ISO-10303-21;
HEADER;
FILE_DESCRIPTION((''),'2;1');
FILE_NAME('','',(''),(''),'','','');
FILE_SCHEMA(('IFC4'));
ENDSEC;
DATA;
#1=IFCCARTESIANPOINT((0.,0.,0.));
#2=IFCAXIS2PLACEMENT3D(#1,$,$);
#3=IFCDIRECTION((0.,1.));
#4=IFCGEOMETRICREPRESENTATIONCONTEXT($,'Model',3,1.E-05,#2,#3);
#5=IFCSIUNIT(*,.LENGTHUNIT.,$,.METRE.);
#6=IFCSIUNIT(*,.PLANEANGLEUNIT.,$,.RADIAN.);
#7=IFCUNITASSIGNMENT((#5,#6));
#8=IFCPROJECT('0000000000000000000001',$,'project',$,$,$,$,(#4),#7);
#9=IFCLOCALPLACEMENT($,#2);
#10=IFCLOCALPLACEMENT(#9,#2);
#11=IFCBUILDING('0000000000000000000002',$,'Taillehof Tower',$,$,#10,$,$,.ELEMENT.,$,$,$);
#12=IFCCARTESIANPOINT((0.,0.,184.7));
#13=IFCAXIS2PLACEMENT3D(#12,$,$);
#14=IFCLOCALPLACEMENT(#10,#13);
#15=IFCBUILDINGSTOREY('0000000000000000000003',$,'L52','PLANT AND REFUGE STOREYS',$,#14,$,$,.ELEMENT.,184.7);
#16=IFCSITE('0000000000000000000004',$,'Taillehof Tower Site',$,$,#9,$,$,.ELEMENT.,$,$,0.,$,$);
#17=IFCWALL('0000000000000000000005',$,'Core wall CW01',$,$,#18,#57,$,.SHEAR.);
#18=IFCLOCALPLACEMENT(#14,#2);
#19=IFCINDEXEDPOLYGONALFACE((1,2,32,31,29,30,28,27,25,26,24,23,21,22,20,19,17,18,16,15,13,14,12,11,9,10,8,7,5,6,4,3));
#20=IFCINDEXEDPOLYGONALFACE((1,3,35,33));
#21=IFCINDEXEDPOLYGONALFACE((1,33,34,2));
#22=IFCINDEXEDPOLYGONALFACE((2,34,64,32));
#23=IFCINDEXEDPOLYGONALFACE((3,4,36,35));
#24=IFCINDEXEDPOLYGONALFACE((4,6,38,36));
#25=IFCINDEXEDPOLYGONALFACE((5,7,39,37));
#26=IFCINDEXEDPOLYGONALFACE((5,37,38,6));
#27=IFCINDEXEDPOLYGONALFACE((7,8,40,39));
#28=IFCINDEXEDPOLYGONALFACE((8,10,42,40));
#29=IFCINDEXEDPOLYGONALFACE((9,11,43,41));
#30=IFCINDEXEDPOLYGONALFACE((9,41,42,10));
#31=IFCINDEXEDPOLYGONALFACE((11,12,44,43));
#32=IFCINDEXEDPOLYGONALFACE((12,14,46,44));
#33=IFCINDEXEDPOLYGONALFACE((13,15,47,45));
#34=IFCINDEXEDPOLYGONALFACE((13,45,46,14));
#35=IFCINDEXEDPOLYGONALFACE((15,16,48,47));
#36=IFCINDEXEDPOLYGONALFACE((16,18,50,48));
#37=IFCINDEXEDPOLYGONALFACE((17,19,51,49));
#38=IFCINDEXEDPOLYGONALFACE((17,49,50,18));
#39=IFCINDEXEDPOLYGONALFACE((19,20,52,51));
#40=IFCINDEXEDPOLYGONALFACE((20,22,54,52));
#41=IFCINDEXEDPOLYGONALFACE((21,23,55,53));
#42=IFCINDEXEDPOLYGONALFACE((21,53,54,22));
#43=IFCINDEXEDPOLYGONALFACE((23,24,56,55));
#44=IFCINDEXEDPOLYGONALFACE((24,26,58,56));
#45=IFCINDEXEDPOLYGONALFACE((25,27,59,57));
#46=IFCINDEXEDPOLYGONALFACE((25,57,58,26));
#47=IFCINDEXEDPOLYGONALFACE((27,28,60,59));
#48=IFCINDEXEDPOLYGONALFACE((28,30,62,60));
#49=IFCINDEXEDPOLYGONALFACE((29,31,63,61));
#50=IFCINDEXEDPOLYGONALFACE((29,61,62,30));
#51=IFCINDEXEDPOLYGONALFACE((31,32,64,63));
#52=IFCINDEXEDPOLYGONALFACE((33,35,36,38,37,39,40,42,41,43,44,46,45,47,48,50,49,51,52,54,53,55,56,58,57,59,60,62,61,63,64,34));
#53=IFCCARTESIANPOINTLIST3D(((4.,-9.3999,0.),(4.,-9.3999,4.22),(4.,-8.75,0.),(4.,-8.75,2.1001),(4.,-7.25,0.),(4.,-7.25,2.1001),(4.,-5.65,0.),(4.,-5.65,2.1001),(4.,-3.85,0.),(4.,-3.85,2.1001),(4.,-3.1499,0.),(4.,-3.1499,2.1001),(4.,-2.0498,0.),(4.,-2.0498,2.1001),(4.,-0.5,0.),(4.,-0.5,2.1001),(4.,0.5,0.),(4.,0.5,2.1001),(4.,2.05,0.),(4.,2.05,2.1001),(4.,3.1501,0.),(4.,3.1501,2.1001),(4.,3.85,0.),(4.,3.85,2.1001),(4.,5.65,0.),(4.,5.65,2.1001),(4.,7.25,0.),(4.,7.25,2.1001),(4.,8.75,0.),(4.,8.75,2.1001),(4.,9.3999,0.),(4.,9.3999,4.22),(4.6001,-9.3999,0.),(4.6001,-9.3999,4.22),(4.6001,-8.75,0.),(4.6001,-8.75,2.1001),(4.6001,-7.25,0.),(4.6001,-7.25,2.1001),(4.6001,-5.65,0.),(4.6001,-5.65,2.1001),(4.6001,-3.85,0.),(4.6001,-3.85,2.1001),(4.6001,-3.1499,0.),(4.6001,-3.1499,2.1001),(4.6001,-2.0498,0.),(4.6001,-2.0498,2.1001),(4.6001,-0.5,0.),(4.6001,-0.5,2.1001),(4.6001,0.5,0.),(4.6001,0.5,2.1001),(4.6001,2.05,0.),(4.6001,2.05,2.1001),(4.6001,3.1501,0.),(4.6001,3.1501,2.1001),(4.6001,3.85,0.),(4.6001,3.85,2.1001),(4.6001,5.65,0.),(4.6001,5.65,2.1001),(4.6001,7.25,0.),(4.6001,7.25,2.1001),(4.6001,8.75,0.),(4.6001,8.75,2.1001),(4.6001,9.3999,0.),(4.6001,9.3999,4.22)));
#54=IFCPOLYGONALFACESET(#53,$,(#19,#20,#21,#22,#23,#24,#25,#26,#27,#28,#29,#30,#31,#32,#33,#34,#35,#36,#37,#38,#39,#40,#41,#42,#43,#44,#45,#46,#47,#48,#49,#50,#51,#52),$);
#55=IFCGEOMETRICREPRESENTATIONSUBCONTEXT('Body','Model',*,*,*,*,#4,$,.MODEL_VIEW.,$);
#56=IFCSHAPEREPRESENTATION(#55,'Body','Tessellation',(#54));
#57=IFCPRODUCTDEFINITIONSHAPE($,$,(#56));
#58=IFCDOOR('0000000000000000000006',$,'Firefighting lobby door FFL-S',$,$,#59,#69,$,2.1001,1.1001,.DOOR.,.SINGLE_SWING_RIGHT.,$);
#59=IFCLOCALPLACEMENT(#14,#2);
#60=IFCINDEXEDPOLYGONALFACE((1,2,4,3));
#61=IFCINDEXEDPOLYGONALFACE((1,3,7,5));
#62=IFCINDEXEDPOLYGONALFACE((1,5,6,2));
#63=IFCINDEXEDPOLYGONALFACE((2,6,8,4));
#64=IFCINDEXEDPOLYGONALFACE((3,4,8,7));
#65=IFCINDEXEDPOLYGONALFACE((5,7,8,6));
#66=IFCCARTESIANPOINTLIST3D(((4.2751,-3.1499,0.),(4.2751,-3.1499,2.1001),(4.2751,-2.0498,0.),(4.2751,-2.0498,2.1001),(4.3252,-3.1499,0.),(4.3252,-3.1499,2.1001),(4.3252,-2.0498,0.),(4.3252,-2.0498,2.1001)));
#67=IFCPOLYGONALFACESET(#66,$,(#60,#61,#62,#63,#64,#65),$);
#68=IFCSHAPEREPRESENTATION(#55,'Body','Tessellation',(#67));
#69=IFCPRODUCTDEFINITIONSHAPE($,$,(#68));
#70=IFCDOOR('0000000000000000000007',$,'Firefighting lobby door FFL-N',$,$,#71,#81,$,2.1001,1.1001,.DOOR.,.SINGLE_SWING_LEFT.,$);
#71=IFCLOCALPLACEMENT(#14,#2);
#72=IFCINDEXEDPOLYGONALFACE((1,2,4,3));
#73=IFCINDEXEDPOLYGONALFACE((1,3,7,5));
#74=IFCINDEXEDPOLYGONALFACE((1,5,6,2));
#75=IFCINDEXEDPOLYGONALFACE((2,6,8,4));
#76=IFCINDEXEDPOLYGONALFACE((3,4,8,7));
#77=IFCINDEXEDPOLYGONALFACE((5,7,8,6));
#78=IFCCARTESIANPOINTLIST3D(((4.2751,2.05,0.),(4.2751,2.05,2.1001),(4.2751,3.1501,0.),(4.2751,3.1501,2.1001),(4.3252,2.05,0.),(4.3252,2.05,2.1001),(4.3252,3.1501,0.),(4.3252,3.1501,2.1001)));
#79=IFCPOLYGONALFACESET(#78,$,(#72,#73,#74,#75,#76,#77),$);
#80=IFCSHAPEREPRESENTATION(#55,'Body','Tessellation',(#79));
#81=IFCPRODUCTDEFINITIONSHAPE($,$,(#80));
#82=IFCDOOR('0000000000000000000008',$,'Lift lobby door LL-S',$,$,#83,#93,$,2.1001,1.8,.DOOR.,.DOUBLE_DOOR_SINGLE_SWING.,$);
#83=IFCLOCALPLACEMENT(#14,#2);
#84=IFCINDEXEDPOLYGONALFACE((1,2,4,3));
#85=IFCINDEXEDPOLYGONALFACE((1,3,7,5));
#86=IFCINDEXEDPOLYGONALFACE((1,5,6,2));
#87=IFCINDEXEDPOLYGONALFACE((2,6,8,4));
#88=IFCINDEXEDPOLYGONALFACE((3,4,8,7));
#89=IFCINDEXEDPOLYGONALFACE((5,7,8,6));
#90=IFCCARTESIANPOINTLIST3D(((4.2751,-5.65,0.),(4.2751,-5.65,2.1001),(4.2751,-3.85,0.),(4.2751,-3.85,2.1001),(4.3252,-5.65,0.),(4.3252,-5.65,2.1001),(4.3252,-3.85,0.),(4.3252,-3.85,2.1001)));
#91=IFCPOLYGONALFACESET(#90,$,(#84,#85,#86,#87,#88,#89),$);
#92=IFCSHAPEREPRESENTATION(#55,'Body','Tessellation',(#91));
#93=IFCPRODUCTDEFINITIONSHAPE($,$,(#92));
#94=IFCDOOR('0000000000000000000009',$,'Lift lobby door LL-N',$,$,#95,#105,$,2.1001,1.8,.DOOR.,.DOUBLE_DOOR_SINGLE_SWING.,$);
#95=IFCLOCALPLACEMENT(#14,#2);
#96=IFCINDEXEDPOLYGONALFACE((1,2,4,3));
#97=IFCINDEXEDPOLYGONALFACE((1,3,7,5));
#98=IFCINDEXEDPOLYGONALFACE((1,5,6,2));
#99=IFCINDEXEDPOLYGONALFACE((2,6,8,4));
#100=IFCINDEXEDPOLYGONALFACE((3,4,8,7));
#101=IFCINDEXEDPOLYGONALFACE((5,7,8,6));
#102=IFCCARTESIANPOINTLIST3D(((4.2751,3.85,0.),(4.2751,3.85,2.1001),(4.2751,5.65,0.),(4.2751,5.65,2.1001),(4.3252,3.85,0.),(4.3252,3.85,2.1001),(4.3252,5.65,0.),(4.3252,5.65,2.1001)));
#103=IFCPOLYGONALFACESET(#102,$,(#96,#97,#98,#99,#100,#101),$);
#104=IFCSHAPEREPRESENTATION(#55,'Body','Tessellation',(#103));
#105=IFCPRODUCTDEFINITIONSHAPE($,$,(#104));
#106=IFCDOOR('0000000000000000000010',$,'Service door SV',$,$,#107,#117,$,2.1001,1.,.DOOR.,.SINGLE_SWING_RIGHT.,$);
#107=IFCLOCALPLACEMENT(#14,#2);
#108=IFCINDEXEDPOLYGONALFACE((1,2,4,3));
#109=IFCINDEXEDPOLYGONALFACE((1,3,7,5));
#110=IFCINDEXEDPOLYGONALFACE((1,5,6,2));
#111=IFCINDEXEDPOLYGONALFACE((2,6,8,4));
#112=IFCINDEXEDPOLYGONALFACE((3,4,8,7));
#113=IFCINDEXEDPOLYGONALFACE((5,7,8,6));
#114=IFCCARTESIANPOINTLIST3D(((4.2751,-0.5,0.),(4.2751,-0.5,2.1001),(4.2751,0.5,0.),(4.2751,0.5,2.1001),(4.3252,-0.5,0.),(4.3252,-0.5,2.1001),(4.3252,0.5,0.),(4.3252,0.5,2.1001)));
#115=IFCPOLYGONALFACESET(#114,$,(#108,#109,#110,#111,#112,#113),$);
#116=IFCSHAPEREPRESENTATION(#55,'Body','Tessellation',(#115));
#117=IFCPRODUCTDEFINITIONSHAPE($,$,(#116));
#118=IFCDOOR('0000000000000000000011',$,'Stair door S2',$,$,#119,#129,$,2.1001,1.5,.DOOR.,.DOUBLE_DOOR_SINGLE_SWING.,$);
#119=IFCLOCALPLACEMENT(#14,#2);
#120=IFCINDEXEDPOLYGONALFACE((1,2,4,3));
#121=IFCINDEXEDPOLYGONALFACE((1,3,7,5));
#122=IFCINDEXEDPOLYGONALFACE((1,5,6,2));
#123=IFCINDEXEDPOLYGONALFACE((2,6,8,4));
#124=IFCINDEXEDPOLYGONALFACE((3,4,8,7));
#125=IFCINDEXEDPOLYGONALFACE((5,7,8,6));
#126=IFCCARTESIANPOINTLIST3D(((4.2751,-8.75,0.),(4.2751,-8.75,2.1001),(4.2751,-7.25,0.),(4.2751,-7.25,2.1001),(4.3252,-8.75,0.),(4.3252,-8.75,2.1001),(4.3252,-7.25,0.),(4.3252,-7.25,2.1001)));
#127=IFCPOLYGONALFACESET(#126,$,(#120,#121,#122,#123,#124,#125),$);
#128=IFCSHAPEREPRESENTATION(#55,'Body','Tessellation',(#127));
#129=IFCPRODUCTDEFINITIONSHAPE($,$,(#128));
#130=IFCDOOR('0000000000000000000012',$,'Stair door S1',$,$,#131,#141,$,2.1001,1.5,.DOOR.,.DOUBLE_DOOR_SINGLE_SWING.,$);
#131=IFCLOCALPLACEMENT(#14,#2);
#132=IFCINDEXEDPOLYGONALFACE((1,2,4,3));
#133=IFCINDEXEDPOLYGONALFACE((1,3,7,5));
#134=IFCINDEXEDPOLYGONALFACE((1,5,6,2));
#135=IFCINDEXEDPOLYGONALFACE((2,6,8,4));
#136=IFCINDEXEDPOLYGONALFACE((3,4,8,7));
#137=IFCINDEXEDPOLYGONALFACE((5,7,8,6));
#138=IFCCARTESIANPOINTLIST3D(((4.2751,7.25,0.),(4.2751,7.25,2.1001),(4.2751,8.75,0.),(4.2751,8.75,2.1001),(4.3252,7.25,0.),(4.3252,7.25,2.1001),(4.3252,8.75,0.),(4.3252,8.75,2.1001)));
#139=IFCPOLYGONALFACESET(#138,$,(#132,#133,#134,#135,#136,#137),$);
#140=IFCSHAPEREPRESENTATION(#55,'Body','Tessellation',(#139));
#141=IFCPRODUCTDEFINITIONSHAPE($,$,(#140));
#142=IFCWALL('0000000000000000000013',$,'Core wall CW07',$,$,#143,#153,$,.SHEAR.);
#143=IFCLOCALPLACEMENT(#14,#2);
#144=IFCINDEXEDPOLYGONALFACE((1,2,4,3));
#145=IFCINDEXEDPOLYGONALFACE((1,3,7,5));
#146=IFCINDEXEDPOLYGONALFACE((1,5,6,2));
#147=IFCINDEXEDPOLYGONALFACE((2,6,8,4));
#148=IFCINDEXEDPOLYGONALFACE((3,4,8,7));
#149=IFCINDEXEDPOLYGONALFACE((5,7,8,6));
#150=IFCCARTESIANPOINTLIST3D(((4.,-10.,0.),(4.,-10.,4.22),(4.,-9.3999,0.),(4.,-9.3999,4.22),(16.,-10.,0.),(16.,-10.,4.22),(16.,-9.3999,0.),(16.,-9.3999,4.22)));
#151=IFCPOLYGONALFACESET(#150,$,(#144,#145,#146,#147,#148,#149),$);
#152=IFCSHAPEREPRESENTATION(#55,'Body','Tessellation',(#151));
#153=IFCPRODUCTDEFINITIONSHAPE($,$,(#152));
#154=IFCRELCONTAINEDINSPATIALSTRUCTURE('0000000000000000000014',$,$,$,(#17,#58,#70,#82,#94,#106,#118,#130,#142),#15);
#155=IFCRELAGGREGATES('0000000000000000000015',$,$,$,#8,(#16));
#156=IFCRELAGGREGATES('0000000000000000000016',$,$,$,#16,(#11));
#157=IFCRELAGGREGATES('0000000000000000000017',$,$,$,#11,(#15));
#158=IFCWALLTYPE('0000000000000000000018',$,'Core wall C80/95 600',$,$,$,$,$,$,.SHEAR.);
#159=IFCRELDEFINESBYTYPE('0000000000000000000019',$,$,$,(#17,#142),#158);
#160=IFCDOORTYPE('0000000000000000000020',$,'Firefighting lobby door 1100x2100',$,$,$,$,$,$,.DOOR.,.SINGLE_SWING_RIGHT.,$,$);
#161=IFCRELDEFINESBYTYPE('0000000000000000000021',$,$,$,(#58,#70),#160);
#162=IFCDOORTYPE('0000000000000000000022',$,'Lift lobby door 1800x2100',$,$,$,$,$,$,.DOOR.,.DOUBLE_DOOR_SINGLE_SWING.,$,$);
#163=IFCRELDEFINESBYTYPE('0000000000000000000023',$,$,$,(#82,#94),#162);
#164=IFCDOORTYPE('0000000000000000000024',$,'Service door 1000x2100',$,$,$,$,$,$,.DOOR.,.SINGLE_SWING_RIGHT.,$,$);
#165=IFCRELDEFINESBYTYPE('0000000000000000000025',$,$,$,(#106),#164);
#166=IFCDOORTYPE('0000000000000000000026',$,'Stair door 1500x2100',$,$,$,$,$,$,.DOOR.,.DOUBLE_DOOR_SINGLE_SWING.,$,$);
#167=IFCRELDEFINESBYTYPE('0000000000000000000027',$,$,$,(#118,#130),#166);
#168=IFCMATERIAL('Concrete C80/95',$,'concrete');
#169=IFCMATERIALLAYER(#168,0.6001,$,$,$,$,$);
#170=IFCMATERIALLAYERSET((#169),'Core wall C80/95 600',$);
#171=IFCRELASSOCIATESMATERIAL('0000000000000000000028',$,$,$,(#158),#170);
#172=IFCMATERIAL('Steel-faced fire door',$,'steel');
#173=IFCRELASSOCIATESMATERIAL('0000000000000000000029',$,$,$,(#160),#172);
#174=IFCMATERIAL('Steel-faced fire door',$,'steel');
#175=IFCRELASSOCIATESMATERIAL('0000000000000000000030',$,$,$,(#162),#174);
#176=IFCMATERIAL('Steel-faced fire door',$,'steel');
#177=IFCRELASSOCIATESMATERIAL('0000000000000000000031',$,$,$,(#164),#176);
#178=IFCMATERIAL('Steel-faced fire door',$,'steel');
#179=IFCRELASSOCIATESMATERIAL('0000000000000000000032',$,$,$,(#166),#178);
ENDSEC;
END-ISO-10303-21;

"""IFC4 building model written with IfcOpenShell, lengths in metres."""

from ifc_helpers import new_model, si_unit, direction, frame, frame_2d, origin, place, context, subcontext, project, spatial, rectangle, extrude, material, layer, layer_set, type_object, element, fill, save


model = new_model("IFC4")

# Units and contexts
model_context = context("Model", 3, precision=1e-05, world=origin(), true_north=direction((0.0, 1.0)))
body_context = subcontext(model_context, "Body", "Model", "MODEL_VIEW")
ifc_project = project(units=[si_unit("LENGTHUNIT", "METRE"), si_unit("PLANEANGLEUNIT", "RADIAN")], contexts=[model_context])

# Site, building, storey
site_placement = place(None, origin())
site = spatial("IfcSite", under=ifc_project, at=site_placement, Name="Taillehof Tower Site", CompositionType="ELEMENT", RefElevation=0.0)
building_placement = place(site_placement, origin())
building = spatial("IfcBuilding", under=site, at=building_placement, Name="Taillehof Tower", CompositionType="ELEMENT")
storey_placement = place(building_placement, frame((0.0, 0.0, 184.7)))
storey = spatial("IfcBuildingStorey", under=building, at=storey_placement, Name="L52", Description="PLANT AND REFUGE STOREYS", CompositionType="ELEMENT", Elevation=184.7)

# Wall, openings, doors
ifc_material_1 = material(Name="Concrete C80/95", Category="concrete")
ifc_layer_1 = layer(ifc_material_1, 0.6001)
ifc_layer_set_1 = layer_set([ifc_layer_1], Name="Core wall C80/95 600")
wall_type_1 = type_object("IfcWallType", Name="Core wall C80/95 600", PredefinedType="SHEAR", material=ifc_layer_set_1)
wall_1_placement = place(storey_placement, frame((4.3, -9.3999, 0.0), z_axis=(0.0, 0.0, 1.0), x_axis=(0.0, 1.0, 0.0)))
wall_1 = element("IfcWall", 1, at=wall_1_placement, inside=storey, type_object=wall_type_1, Name="Core wall CW01", PredefinedType="SHEAR", context=body_context, shape_type="SweptSolid", body=[
    extrude(rectangle(XDim=18.7998, YDim=0.6001, at=frame_2d((9.3999, 0.0))), origin(), (0.0, 0.0, 1.0), 4.22),
])
opening_1_placement = place(wall_1_placement, frame((0.6499, 0.0, 0.0)))
opening_1 = element("IfcOpeningElement", 2, at=opening_1_placement, cuts=wall_1, PredefinedType="OPENING", context=body_context, shape_type="SweptSolid", body=[
    extrude(rectangle(XDim=1.5, YDim=2.1001, at=frame_2d((0.75, 1.05))), frame((0.0, 0.3101, 0.0), z_axis=(0.0, -1.0, 0.0), x_axis=(1.0, 0.0, 0.0)), (0.0, 0.0, 1.0), 0.6201),
])
opening_2_placement = place(wall_1_placement, frame((3.75, 0.0, 0.0)))
opening_2 = element("IfcOpeningElement", 3, at=opening_2_placement, cuts=wall_1, PredefinedType="OPENING", context=body_context, shape_type="SweptSolid", body=[
    extrude(rectangle(XDim=1.8, YDim=2.1001, at=frame_2d((0.8999, 1.05))), frame((0.0, 0.3101, 0.0), z_axis=(0.0, -1.0, 0.0), x_axis=(1.0, 0.0, 0.0)), (0.0, 0.0, 1.0), 0.6201),
])
opening_3_placement = place(wall_1_placement, frame((6.25, 0.0, 0.0)))
opening_3 = element("IfcOpeningElement", 4, at=opening_3_placement, cuts=wall_1, PredefinedType="OPENING", context=body_context, shape_type="SweptSolid", body=[
    extrude(rectangle(XDim=1.1001, YDim=2.1001, at=frame_2d((0.55, 1.05))), frame((0.0, 0.3101, 0.0), z_axis=(0.0, -1.0, 0.0), x_axis=(1.0, 0.0, 0.0)), (0.0, 0.0, 1.0), 0.6201),
])
opening_4_placement = place(wall_1_placement, frame((8.8999, 0.0, 0.0)))
opening_4 = element("IfcOpeningElement", 5, at=opening_4_placement, cuts=wall_1, PredefinedType="OPENING", context=body_context, shape_type="SweptSolid", body=[
    extrude(rectangle(XDim=1.0, YDim=2.1001, at=frame_2d((0.5, 1.05))), frame((0.0, 0.3101, 0.0), z_axis=(0.0, -1.0, 0.0), x_axis=(1.0, 0.0, 0.0)), (0.0, 0.0, 1.0), 0.6201),
])
opening_5_placement = place(wall_1_placement, frame((11.45, 0.0, 0.0)))
opening_5 = element("IfcOpeningElement", 6, at=opening_5_placement, cuts=wall_1, PredefinedType="OPENING", context=body_context, shape_type="SweptSolid", body=[
    extrude(rectangle(XDim=1.1001, YDim=2.1001, at=frame_2d((0.55, 1.05))), frame((0.0, 0.3101, 0.0), z_axis=(0.0, -1.0, 0.0), x_axis=(1.0, 0.0, 0.0)), (0.0, 0.0, 1.0), 0.6201),
])
opening_6_placement = place(wall_1_placement, frame((13.25, 0.0, 0.0)))
opening_6 = element("IfcOpeningElement", 7, at=opening_6_placement, cuts=wall_1, PredefinedType="OPENING", context=body_context, shape_type="SweptSolid", body=[
    extrude(rectangle(XDim=1.8, YDim=2.1001, at=frame_2d((0.8999, 1.05))), frame((0.0, 0.3101, 0.0), z_axis=(0.0, -1.0, 0.0), x_axis=(1.0, 0.0, 0.0)), (0.0, 0.0, 1.0), 0.6201),
])
opening_7_placement = place(wall_1_placement, frame((16.6499, 0.0, 0.0)))
opening_7 = element("IfcOpeningElement", 8, at=opening_7_placement, cuts=wall_1, PredefinedType="OPENING", context=body_context, shape_type="SweptSolid", body=[
    extrude(rectangle(XDim=1.5, YDim=2.1001, at=frame_2d((0.75, 1.05))), frame((0.0, 0.3101, 0.0), z_axis=(0.0, -1.0, 0.0), x_axis=(1.0, 0.0, 0.0)), (0.0, 0.0, 1.0), 0.6201),
])
ifc_material_2 = material(Name="Steel-faced fire door", Category="steel")
door_type_1 = type_object("IfcDoorType", Name="Firefighting lobby door 1100x2100", OperationType="SINGLE_SWING_RIGHT", PredefinedType="DOOR", material=ifc_material_2)
door_1_placement = place(opening_3_placement, origin())
door_1 = element("IfcDoor", 9, at=door_1_placement, inside=storey, type_object=door_type_1, Name="Firefighting lobby door FFL-S", OperationType="SINGLE_SWING_RIGHT", OverallHeight=2.1001, OverallWidth=1.1001, PredefinedType="DOOR", context=body_context, shape_type="SweptSolid", body=[
    extrude(rectangle(XDim=1.1001, YDim=2.1001, at=frame_2d((0.55, 1.05))), frame((0.0, 0.0249, 0.0), z_axis=(0.0, -1.0, 0.0), x_axis=(1.0, 0.0, 0.0)), (0.0, 0.0, 1.0), 0.05),
])
fill(opening_3, door_1)
door_2_placement = place(opening_5_placement, origin())
door_2 = element("IfcDoor", 10, at=door_2_placement, inside=storey, type_object=door_type_1, Name="Firefighting lobby door FFL-N", OperationType="SINGLE_SWING_LEFT", OverallHeight=2.1001, OverallWidth=1.1001, PredefinedType="DOOR", context=body_context, shape_type="SweptSolid", body=[
    extrude(rectangle(XDim=1.1001, YDim=2.1001, at=frame_2d((0.55, 1.05))), frame((0.0, 0.0249, 0.0), z_axis=(0.0, -1.0, 0.0), x_axis=(1.0, 0.0, 0.0)), (0.0, 0.0, 1.0), 0.05),
])
fill(opening_5, door_2)
ifc_material_3 = material(Name="Steel-faced fire door", Category="steel")
door_type_2 = type_object("IfcDoorType", Name="Lift lobby door 1800x2100", OperationType="DOUBLE_DOOR_SINGLE_SWING", PredefinedType="DOOR", material=ifc_material_3)
door_3_placement = place(opening_2_placement, origin())
door_3 = element("IfcDoor", 11, at=door_3_placement, inside=storey, type_object=door_type_2, Name="Lift lobby door LL-S", OperationType="DOUBLE_DOOR_SINGLE_SWING", OverallHeight=2.1001, OverallWidth=1.8, PredefinedType="DOOR", context=body_context, shape_type="SweptSolid", body=[
    extrude(rectangle(XDim=1.8, YDim=2.1001, at=frame_2d((0.8999, 1.05))), frame((0.0, 0.0249, 0.0), z_axis=(0.0, -1.0, 0.0), x_axis=(1.0, 0.0, 0.0)), (0.0, 0.0, 1.0), 0.05),
])
fill(opening_2, door_3)
door_4_placement = place(opening_6_placement, origin())
door_4 = element("IfcDoor", 12, at=door_4_placement, inside=storey, type_object=door_type_2, Name="Lift lobby door LL-N", OperationType="DOUBLE_DOOR_SINGLE_SWING", OverallHeight=2.1001, OverallWidth=1.8, PredefinedType="DOOR", context=body_context, shape_type="SweptSolid", body=[
    extrude(rectangle(XDim=1.8, YDim=2.1001, at=frame_2d((0.8999, 1.05))), frame((0.0, 0.0249, 0.0), z_axis=(0.0, -1.0, 0.0), x_axis=(1.0, 0.0, 0.0)), (0.0, 0.0, 1.0), 0.05),
])
fill(opening_6, door_4)
ifc_material_4 = material(Name="Steel-faced fire door", Category="steel")
door_type_3 = type_object("IfcDoorType", Name="Service door 1000x2100", OperationType="SINGLE_SWING_RIGHT", PredefinedType="DOOR", material=ifc_material_4)
door_5_placement = place(opening_4_placement, origin())
door_5 = element("IfcDoor", 13, at=door_5_placement, inside=storey, type_object=door_type_3, Name="Service door SV", OperationType="SINGLE_SWING_RIGHT", OverallHeight=2.1001, OverallWidth=1.0, PredefinedType="DOOR", context=body_context, shape_type="SweptSolid", body=[
    extrude(rectangle(XDim=1.0, YDim=2.1001, at=frame_2d((0.5, 1.05))), frame((0.0, 0.0249, 0.0), z_axis=(0.0, -1.0, 0.0), x_axis=(1.0, 0.0, 0.0)), (0.0, 0.0, 1.0), 0.05),
])
fill(opening_4, door_5)
ifc_material_5 = material(Name="Steel-faced fire door", Category="steel")
door_type_4 = type_object("IfcDoorType", Name="Stair door 1500x2100", OperationType="DOUBLE_DOOR_SINGLE_SWING", PredefinedType="DOOR", material=ifc_material_5)
door_6_placement = place(opening_1_placement, origin())
door_6 = element("IfcDoor", 14, at=door_6_placement, inside=storey, type_object=door_type_4, Name="Stair door S2", OperationType="DOUBLE_DOOR_SINGLE_SWING", OverallHeight=2.1001, OverallWidth=1.5, PredefinedType="DOOR", context=body_context, shape_type="SweptSolid", body=[
    extrude(rectangle(XDim=1.5, YDim=2.1001, at=frame_2d((0.75, 1.05))), frame((0.0, 0.0249, 0.0), z_axis=(0.0, -1.0, 0.0), x_axis=(1.0, 0.0, 0.0)), (0.0, 0.0, 1.0), 0.05),
])
fill(opening_1, door_6)
door_7_placement = place(opening_7_placement, origin())
door_7 = element("IfcDoor", 15, at=door_7_placement, inside=storey, type_object=door_type_4, Name="Stair door S1", OperationType="DOUBLE_DOOR_SINGLE_SWING", OverallHeight=2.1001, OverallWidth=1.5, PredefinedType="DOOR", context=body_context, shape_type="SweptSolid", body=[
    extrude(rectangle(XDim=1.5, YDim=2.1001, at=frame_2d((0.75, 1.05))), frame((0.0, 0.0249, 0.0), z_axis=(0.0, -1.0, 0.0), x_axis=(1.0, 0.0, 0.0)), (0.0, 0.0, 1.0), 0.05),
])
fill(opening_7, door_7)

# Wall
wall_2_placement = place(storey_placement, frame((4.0, -9.7, 0.0), z_axis=(0.0, 0.0, 1.0), x_axis=(1.0, 0.0, 0.0)))
element("IfcWall", 16, at=wall_2_placement, inside=storey, type_object=wall_type_1, Name="Core wall CW07", PredefinedType="SHEAR", context=body_context, shape_type="SweptSolid", body=[
    extrude(rectangle(XDim=12.0, YDim=0.6001, at=frame_2d((6.0, 0.0))), origin(), (0.0, 0.0, 1.0), 4.22),
])

save(model, "model.ifc")
